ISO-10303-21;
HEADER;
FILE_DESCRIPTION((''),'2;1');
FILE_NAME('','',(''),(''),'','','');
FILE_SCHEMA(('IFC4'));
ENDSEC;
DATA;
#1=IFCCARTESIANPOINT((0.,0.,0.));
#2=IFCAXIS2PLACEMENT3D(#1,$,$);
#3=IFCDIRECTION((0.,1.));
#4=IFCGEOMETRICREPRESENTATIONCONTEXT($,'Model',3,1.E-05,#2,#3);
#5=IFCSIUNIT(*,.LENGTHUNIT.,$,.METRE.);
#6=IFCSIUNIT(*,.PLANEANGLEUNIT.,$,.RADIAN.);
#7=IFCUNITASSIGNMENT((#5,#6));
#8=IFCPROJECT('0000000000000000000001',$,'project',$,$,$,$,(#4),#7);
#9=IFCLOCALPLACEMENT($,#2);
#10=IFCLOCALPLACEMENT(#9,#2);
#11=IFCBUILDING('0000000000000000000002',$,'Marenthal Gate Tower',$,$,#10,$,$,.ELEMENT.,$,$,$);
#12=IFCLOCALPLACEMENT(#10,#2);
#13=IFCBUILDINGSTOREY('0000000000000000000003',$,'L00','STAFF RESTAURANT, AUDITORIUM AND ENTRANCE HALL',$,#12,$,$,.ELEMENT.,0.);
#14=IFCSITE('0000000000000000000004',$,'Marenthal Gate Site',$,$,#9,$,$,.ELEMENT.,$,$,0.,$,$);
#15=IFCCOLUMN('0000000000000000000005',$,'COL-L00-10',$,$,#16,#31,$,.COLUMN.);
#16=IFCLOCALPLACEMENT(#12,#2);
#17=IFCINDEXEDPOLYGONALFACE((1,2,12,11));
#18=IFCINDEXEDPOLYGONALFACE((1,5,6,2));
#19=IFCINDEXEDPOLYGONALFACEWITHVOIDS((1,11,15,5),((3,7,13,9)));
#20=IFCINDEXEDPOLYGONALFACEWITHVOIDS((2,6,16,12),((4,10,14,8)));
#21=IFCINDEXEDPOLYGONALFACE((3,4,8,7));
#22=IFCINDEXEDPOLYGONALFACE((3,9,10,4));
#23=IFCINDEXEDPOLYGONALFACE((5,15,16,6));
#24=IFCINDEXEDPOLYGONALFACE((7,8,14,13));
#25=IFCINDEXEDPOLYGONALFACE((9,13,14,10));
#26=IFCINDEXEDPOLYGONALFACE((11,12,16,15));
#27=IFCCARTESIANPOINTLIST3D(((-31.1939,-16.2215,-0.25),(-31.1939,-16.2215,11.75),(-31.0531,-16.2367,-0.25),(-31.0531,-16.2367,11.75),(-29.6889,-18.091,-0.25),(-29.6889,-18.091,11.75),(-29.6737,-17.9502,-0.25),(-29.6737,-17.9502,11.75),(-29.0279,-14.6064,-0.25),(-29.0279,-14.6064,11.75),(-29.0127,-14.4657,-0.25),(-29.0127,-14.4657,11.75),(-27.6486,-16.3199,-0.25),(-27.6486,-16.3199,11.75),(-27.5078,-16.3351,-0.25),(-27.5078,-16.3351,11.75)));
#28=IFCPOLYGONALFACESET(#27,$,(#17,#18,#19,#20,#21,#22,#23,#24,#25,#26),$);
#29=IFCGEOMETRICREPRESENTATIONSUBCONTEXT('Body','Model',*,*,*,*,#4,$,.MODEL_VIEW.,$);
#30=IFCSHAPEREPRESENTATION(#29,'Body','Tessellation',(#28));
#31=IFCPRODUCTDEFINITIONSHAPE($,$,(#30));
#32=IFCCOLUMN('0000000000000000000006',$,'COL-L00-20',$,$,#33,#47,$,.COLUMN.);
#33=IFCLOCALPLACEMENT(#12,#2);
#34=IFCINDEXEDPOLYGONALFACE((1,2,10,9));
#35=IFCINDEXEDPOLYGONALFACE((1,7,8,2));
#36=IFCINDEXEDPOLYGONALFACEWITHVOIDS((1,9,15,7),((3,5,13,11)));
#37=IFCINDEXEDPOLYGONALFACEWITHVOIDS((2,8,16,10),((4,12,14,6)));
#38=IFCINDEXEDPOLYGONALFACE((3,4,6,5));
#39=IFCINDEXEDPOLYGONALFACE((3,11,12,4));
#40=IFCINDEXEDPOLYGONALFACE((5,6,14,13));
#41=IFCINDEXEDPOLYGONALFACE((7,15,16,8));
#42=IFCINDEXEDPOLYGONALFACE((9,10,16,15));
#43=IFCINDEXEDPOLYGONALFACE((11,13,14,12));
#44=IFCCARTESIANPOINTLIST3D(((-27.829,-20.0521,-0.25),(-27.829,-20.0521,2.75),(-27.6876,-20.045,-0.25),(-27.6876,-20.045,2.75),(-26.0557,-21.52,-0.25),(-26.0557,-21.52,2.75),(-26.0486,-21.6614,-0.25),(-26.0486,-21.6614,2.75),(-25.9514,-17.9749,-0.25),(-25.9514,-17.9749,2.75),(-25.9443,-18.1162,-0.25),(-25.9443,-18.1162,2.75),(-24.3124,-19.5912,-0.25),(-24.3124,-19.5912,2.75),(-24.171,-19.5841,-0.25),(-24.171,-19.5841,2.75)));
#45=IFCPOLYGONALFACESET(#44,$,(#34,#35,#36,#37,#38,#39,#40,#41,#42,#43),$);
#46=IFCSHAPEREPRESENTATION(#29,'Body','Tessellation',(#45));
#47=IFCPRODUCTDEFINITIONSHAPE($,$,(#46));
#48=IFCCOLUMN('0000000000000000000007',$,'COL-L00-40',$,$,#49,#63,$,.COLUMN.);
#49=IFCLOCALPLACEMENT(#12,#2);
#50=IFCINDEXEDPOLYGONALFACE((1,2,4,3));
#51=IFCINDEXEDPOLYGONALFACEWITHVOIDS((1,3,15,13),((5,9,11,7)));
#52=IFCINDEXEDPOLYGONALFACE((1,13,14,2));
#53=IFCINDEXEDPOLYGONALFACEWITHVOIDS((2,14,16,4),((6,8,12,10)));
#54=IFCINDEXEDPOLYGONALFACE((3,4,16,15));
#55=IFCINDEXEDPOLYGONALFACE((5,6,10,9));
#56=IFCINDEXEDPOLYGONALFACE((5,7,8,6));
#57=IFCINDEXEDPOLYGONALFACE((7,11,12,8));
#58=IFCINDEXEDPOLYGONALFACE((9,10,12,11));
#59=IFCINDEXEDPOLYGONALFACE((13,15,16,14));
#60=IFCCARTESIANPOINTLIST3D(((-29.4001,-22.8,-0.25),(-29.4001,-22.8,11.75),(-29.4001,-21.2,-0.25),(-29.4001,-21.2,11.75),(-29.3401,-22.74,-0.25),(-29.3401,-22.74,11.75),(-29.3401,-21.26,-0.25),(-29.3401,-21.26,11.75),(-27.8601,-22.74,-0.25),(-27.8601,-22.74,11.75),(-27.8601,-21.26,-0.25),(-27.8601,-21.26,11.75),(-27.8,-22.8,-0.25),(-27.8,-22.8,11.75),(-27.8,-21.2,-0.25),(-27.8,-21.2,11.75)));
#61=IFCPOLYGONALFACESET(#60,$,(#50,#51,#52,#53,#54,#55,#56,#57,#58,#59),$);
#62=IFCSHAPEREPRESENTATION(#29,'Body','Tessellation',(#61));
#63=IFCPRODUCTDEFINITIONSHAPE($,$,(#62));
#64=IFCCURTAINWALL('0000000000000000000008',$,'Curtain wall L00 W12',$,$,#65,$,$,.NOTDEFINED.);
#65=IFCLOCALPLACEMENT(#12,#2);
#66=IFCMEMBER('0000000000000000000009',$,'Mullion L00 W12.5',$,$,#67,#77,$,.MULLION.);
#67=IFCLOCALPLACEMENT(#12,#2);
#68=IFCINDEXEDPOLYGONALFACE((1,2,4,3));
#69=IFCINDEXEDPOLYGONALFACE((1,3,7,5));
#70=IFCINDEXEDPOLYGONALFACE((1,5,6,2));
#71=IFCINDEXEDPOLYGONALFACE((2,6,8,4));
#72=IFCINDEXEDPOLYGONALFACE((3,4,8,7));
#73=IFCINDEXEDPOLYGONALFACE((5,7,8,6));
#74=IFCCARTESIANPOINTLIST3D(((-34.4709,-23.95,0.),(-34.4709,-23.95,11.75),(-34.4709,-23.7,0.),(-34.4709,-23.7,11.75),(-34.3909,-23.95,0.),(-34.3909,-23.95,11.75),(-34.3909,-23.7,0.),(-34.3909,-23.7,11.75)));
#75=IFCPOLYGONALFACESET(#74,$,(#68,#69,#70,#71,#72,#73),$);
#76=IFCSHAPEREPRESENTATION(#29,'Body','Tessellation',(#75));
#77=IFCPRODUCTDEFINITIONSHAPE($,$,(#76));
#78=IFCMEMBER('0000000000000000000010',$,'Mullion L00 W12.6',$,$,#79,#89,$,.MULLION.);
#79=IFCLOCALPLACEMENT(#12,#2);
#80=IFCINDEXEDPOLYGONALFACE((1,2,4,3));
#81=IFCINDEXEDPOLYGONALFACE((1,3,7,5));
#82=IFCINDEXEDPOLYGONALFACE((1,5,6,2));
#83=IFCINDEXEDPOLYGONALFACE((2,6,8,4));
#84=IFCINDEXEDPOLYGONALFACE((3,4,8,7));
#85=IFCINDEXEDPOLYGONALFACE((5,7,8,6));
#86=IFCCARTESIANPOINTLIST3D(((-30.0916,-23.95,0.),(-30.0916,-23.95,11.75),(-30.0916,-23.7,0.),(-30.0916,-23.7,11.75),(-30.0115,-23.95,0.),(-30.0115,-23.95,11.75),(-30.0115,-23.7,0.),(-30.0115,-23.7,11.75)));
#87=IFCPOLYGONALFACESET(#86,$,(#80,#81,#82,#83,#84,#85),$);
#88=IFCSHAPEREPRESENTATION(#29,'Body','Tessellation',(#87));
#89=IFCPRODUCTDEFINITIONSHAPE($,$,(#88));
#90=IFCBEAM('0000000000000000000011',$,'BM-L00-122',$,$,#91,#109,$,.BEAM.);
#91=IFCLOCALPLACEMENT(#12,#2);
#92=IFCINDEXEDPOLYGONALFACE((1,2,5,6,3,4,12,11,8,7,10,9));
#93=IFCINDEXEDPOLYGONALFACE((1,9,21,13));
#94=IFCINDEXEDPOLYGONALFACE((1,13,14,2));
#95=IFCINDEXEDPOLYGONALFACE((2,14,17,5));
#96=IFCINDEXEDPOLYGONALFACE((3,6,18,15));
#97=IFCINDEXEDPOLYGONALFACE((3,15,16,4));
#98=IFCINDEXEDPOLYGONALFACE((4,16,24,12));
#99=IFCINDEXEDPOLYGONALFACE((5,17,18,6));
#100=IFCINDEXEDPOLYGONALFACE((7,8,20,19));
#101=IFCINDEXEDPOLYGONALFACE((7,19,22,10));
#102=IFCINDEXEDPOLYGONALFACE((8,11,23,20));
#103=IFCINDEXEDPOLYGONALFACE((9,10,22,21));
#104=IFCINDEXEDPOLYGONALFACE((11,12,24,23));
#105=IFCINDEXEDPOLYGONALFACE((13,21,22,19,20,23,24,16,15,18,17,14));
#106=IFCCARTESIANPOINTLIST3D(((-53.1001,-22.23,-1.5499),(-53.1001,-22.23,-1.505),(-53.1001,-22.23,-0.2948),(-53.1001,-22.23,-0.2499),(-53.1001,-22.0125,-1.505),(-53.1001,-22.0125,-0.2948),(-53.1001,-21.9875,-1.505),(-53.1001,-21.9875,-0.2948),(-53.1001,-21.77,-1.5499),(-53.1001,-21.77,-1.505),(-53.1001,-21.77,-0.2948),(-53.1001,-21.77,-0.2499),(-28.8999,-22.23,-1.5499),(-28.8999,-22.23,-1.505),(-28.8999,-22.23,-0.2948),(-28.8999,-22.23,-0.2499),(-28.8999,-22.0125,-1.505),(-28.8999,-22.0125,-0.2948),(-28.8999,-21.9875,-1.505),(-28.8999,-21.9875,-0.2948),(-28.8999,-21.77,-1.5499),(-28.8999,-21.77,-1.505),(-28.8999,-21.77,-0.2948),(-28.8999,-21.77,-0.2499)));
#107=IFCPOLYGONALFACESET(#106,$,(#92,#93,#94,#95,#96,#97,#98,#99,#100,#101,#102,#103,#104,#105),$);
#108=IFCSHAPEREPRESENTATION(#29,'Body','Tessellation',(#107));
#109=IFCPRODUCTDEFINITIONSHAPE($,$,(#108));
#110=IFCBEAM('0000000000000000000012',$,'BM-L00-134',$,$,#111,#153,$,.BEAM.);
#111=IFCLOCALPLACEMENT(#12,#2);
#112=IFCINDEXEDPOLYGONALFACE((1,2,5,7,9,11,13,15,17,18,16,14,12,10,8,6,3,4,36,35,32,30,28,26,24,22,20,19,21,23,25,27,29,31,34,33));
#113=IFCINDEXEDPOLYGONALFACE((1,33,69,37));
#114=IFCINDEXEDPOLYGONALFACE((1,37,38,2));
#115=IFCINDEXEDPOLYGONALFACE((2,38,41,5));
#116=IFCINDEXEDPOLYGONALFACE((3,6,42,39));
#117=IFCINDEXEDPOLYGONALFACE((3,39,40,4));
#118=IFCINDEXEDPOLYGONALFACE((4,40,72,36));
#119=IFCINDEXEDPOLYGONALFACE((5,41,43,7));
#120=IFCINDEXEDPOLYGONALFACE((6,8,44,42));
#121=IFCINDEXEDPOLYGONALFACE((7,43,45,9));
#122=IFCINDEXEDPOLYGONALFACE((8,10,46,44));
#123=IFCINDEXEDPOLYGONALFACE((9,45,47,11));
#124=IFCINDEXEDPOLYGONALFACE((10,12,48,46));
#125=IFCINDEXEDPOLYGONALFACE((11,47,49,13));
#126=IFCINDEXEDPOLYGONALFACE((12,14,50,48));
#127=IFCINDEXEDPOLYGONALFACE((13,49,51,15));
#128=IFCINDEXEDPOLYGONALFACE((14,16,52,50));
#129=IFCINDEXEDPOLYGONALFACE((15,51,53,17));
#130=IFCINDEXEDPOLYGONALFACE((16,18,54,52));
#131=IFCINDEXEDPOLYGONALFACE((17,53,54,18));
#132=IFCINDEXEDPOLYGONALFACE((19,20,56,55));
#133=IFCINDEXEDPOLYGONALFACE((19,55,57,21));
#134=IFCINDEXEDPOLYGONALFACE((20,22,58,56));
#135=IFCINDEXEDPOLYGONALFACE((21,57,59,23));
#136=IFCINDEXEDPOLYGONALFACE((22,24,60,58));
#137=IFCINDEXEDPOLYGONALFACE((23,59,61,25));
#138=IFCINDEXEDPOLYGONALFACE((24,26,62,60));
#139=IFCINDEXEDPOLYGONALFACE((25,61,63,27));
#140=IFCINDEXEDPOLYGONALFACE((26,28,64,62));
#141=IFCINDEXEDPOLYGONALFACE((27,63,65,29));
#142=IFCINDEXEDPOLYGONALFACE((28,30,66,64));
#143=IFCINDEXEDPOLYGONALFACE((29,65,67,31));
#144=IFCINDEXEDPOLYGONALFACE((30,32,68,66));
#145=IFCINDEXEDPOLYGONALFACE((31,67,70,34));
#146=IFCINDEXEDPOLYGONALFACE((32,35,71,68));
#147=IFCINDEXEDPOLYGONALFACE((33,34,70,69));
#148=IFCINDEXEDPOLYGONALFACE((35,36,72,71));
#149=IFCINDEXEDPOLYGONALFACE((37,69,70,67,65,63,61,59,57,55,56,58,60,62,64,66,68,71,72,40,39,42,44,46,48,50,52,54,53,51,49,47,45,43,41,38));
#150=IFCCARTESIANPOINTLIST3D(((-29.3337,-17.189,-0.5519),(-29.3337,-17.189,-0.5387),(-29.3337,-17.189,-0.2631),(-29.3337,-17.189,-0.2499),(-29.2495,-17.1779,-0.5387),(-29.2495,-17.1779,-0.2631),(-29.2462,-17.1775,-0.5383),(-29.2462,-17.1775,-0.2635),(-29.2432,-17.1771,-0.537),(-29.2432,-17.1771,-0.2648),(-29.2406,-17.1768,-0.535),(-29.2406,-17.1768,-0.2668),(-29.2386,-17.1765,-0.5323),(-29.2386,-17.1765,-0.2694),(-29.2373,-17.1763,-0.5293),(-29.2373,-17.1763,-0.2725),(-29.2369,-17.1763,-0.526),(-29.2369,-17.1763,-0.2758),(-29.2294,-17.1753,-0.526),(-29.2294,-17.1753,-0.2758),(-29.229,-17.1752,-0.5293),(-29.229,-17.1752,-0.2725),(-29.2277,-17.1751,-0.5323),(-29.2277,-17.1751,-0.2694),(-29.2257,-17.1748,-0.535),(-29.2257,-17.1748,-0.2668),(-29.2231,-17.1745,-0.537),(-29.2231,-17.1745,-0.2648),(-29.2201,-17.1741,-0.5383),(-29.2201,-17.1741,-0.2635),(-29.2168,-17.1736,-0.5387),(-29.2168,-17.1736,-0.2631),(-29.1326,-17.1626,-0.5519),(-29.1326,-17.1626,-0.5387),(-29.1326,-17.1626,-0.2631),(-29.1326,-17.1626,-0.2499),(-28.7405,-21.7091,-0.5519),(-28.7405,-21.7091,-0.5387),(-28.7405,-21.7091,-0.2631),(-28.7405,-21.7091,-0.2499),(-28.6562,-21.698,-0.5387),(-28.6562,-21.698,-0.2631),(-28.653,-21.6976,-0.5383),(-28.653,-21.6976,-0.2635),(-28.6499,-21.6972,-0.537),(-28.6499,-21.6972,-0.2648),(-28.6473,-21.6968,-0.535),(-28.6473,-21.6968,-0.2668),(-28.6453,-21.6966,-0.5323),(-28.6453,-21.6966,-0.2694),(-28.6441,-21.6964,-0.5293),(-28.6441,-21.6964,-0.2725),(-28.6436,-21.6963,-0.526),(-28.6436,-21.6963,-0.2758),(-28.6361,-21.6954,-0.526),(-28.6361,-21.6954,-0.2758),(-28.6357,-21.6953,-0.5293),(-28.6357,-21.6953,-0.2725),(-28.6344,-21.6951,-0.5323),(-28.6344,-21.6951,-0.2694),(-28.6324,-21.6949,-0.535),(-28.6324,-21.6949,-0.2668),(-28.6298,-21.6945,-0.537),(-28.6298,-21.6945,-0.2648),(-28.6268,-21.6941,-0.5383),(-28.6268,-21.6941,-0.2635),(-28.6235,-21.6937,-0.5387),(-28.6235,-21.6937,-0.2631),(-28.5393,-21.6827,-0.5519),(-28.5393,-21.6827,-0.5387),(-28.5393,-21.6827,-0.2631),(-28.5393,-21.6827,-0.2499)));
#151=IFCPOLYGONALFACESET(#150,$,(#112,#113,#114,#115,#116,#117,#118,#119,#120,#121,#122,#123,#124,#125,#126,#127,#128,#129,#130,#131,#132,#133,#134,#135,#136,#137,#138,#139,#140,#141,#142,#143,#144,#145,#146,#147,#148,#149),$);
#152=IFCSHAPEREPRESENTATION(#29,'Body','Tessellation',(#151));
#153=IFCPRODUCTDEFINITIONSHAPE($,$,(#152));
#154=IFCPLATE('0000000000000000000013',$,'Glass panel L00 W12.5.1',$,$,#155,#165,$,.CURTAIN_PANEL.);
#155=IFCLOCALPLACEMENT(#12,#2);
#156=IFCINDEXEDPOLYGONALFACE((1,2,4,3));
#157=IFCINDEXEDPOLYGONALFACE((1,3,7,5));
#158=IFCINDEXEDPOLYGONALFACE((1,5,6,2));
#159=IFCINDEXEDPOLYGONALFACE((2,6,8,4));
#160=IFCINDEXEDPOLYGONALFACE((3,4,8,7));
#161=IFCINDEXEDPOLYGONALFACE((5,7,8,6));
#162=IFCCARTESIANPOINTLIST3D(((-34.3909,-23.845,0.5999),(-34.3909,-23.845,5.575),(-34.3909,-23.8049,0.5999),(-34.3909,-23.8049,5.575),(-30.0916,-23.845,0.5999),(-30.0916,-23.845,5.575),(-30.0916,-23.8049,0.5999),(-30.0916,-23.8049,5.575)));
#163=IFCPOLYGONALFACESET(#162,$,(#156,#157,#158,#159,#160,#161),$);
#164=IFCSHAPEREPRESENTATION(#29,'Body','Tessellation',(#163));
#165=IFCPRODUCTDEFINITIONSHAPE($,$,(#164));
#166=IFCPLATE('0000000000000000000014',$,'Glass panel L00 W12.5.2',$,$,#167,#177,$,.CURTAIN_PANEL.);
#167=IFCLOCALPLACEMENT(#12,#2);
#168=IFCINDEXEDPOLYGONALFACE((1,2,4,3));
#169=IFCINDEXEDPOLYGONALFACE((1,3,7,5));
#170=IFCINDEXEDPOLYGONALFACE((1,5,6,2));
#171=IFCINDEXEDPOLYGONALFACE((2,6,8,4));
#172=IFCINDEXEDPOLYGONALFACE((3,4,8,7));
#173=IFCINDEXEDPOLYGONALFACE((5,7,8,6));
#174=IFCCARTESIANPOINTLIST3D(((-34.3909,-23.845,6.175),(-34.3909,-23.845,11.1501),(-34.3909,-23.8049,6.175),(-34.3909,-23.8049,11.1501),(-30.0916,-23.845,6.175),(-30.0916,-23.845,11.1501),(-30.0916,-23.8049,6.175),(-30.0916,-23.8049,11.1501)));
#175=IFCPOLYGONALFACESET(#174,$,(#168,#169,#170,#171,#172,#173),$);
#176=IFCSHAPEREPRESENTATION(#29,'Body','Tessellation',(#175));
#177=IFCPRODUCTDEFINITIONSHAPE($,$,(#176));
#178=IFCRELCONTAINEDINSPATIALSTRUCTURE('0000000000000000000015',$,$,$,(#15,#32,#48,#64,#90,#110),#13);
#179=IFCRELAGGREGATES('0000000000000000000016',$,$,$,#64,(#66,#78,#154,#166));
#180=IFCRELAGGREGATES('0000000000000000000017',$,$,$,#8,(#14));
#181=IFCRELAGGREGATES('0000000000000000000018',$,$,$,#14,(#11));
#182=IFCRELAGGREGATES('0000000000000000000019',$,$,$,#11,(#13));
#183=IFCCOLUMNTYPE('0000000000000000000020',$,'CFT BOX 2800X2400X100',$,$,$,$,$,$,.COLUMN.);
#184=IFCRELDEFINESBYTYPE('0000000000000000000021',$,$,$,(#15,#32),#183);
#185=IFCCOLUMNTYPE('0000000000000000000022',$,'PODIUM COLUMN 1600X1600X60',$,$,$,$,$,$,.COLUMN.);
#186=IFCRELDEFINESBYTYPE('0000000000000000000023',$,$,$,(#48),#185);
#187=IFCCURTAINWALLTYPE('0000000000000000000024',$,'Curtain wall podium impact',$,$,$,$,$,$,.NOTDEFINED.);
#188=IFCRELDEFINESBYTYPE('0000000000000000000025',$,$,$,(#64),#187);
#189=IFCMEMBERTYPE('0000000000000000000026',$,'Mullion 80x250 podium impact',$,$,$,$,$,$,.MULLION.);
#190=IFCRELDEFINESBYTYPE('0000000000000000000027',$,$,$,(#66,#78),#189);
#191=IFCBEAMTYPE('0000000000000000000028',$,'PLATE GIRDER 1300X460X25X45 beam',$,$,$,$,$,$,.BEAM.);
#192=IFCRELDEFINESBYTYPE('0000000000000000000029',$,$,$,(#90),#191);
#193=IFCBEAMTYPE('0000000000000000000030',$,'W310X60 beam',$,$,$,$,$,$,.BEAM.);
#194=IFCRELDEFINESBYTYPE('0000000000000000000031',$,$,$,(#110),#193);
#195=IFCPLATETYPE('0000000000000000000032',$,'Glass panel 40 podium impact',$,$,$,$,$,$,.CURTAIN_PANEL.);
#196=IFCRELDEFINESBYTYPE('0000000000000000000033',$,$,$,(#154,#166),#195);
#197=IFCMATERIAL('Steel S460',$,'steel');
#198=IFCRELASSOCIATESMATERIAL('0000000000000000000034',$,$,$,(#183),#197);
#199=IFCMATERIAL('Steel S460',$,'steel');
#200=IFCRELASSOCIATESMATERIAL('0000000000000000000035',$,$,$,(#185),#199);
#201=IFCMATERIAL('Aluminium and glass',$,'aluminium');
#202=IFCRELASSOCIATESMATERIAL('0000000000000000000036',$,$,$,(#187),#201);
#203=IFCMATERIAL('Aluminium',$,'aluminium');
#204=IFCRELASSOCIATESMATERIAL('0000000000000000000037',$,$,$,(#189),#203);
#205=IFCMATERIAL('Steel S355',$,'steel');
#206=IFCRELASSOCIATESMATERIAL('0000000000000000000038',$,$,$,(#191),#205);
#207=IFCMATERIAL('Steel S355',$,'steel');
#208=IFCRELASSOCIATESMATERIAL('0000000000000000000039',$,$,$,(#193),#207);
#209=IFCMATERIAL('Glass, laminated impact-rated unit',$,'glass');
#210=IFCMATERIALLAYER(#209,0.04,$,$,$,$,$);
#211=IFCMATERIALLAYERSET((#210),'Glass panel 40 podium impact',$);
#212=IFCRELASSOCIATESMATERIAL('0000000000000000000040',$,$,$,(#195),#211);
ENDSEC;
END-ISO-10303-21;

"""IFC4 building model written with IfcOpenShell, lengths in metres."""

from ifc_helpers import new_model, si_unit, direction, frame, origin, origin_2d, place, context, subcontext, project, spatial, rectangle, hollow_rectangle, i_section, extrude, material, layer, layer_set, material_profile, profile_set, type_object, element, aggregate, save


model = new_model("IFC4")

# Units and contexts
model_context = context("Model", 3, precision=1e-05, world=origin(), true_north=direction((0.0, 1.0)))
body_context = subcontext(model_context, "Body", "Model", "MODEL_VIEW")
ifc_project = project(units=[si_unit("LENGTHUNIT", "METRE"), si_unit("PLANEANGLEUNIT", "RADIAN")], contexts=[model_context])

# Site, building, storey
site_placement = place(None, origin())
site = spatial("IfcSite", under=ifc_project, at=site_placement, Name="Marenthal Gate Site", CompositionType="ELEMENT", RefElevation=0.0)
building_placement = place(site_placement, origin())
building = spatial("IfcBuilding", under=site, at=building_placement, Name="Marenthal Gate Tower", CompositionType="ELEMENT")
storey_placement = place(building_placement, origin())
storey = spatial("IfcBuildingStorey", under=building, at=storey_placement, Name="L00", Description="STAFF RESTAURANT, AUDITORIUM AND ENTRANCE HALL", CompositionType="ELEMENT", Elevation=0.0)

# Columns
ifc_material_1 = material(Name="Steel S460", Category="steel")
ifc_material_profile_1 = material_profile(ifc_material_1, hollow_rectangle(XDim=2.3999, YDim=2.8, WallThickness=0.1001, at=origin_2d()), Name="CFT BOX 2800X2400X100")
ifc_material_2 = material(Name="Concrete 70 MPa", Category="concrete")
ifc_material_profile_2 = material_profile(ifc_material_2, rectangle(XDim=2.2, YDim=2.6001, at=origin_2d()), Name="CFT BOX 2800X2400X100 INFILL")
ifc_profile_set_1 = profile_set([ifc_material_profile_1, ifc_material_profile_2], Name="Steel S460 shell, Concrete 70 MPa infill")
column_type_1 = type_object("IfcColumnType", Name="CFT BOX 2800X2400X100", PredefinedType="COLUMN", material=ifc_profile_set_1)
column_1_placement = place(storey_placement, frame((-29.3508, -16.2783, -0.25), z_axis=(0.0, 0.0, 1.0), x_axis=(-0.62707, 0.778963, 0.0)))
element("IfcColumn", 1, at=column_1_placement, inside=storey, type_object=column_type_1, Name="COL-L00-10", PredefinedType="COLUMN", context=body_context, shape_type="SweptSolid", body=[
    extrude(hollow_rectangle(XDim=2.3999, YDim=2.8, WallThickness=0.1001, at=origin_2d()), origin(), (0.0, 0.0, 1.0), 12.0),
])
column_2_placement = place(storey_placement, frame((-26.0, -19.8181, -0.25), z_axis=(0.0, 0.0, 1.0), x_axis=(-0.741874, 0.670539, 0.0)))
element("IfcColumn", 2, at=column_2_placement, inside=storey, type_object=column_type_1, Name="COL-L00-20", PredefinedType="COLUMN", context=body_context, shape_type="SweptSolid", body=[
    extrude(hollow_rectangle(XDim=2.3999, YDim=2.8, WallThickness=0.1001, at=origin_2d()), origin(), (0.0, 0.0, 1.0), 3.0),
])
ifc_material_3 = material(Name="Steel S460", Category="steel")
ifc_material_profile_3 = material_profile(ifc_material_3, hollow_rectangle(XDim=1.6001, YDim=1.6001, WallThickness=0.0601, at=origin_2d()), Name="CFT BOX 1600X1600X60")
ifc_material_4 = material(Name="Concrete 70 MPa", Category="concrete")
ifc_material_profile_4 = material_profile(ifc_material_4, rectangle(XDim=1.48, YDim=1.48, at=origin_2d()), Name="CFT BOX 1600X1600X60 INFILL")
ifc_profile_set_2 = profile_set([ifc_material_profile_3, ifc_material_profile_4], Name="Steel S460 shell, Concrete 70 MPa infill")
column_type_2 = type_object("IfcColumnType", Name="PODIUM COLUMN 1600X1600X60", PredefinedType="COLUMN", material=ifc_profile_set_2)
column_3_placement = place(storey_placement, frame((-28.6001, -22.0, -0.25), z_axis=(0.0, 0.0, 1.0), x_axis=(1.0, 0.0, 0.0)))
element("IfcColumn", 3, at=column_3_placement, inside=storey, type_object=column_type_2, Name="COL-L00-40", PredefinedType="COLUMN", context=body_context, shape_type="SweptSolid", body=[
    extrude(hollow_rectangle(XDim=1.6001, YDim=1.6001, WallThickness=0.0601, at=origin_2d()), origin(), (0.0, 0.0, 1.0), 12.0),
])

# Curtain wall, members
ifc_material_5 = material(Name="Aluminium and glass", Category="aluminium")
curtain_wall_type = type_object("IfcCurtainWallType", Name="Curtain wall podium impact", PredefinedType="NOTDEFINED", material=ifc_material_5)
curtain_wall_placement = place(storey_placement, origin())
curtain_wall = element("IfcCurtainWall", 4, at=curtain_wall_placement, inside=storey, type_object=curtain_wall_type, Name="Curtain wall L00 W12", PredefinedType="NOTDEFINED")
ifc_material_6 = material(Name="Aluminium", Category="aluminium")
ifc_material_profile_5 = material_profile(ifc_material_6, rectangle(XDim=0.25, YDim=0.0801, at=origin_2d()), Name="80x250 aluminium mullion")
ifc_profile_set_3 = profile_set([ifc_material_profile_5], Name="Aluminium")
member_type = type_object("IfcMemberType", Name="Mullion 80x250 podium impact", PredefinedType="MULLION", material=ifc_profile_set_3)
member_1_placement = place(storey_placement, frame((-34.4309, -23.825, 0.0), z_axis=(0.0, 0.0, 1.0), x_axis=(0.0, 1.0, 0.0)))
member_1 = element("IfcMember", 5, at=member_1_placement, type_object=member_type, Name="Mullion L00 W12.5", PredefinedType="MULLION", context=body_context, shape_type="SweptSolid", body=[
    extrude(rectangle(XDim=0.25, YDim=0.0801, at=origin_2d()), origin(), (0.0, 0.0, 1.0), 11.75),
])
member_2_placement = place(storey_placement, frame((-30.0515, -23.825, 0.0), z_axis=(0.0, 0.0, 1.0), x_axis=(0.0, 1.0, 0.0)))
member_2 = element("IfcMember", 6, at=member_2_placement, type_object=member_type, Name="Mullion L00 W12.6", PredefinedType="MULLION", context=body_context, shape_type="SweptSolid", body=[
    extrude(rectangle(XDim=0.25, YDim=0.0801, at=origin_2d()), origin(), (0.0, 0.0, 1.0), 11.75),
])

# Beams
ifc_material_7 = material(Name="Steel S355", Category="steel")
ifc_material_profile_6 = material_profile(ifc_material_7, i_section(OverallWidth=0.46, OverallDepth=1.3, WebThickness=0.0249, FlangeThickness=0.0449, at=origin_2d()), Name="PLATE GIRDER 1300X460X25X45")
ifc_profile_set_4 = profile_set([ifc_material_profile_6], Name="Steel S355")
beam_type_1 = type_object("IfcBeamType", Name="PLATE GIRDER 1300X460X25X45 beam", PredefinedType="BEAM", material=ifc_profile_set_4)
beam_1_placement = place(storey_placement, frame((-28.8999, -22.0, -0.8999), z_axis=(-1.0, 0.0, 0.0), x_axis=(0.0, -1.0, 0.0)))
element("IfcBeam", 7, at=beam_1_placement, inside=storey, type_object=beam_type_1, Name="BM-L00-122", PredefinedType="BEAM", context=body_context, shape_type="SweptSolid", body=[
    extrude(i_section(OverallWidth=0.46, OverallDepth=1.3, WebThickness=0.0249, FlangeThickness=0.0449, at=origin_2d()), origin(), (0.0, 0.0, 1.0), 24.2002),
])
ifc_material_8 = material(Name="Steel S355", Category="steel")
ifc_material_profile_7 = material_profile(ifc_material_8, i_section(OverallWidth=0.2029, OverallDepth=0.302, WebThickness=0.0076, FlangeThickness=0.0132, FilletRadius=0.0127, at=origin_2d()), Name="W310X60")
ifc_profile_set_5 = profile_set([ifc_material_profile_7], Name="Steel S355")
beam_type_2 = type_object("IfcBeamType", Name="W310X60 beam", PredefinedType="BEAM", material=ifc_profile_set_5)
beam_2_placement = place(storey_placement, frame((-29.2332, -17.1758, -0.4009), z_axis=(0.130136, -0.991496, 0.0), x_axis=(0.991496, 0.130136, 0.0)))
element("IfcBeam", 8, at=beam_2_placement, inside=storey, type_object=beam_type_2, Name="BM-L00-134", PredefinedType="BEAM", context=body_context, shape_type="SweptSolid", body=[
    extrude(i_section(OverallWidth=0.2029, OverallDepth=0.302, WebThickness=0.0076, FlangeThickness=0.0132, FilletRadius=0.0127, at=origin_2d()), origin(), (0.0, 0.0, 1.0), 4.5588),
])

# Plates
ifc_material_9 = material(Name="Glass, laminated impact-rated unit", Category="glass")
ifc_layer_1 = layer(ifc_material_9, 0.04)
ifc_layer_set_1 = layer_set([ifc_layer_1], Name="Glass panel 40 podium impact")
plate_type = type_object("IfcPlateType", Name="Glass panel 40 podium impact", PredefinedType="CURTAIN_PANEL", material=ifc_layer_set_1)
plate_1_placement = place(storey_placement, frame((-32.2412, -23.825, 0.5999), z_axis=(0.0, 0.0, 1.0), x_axis=(1.0, 0.0, 0.0)))
plate_1 = element("IfcPlate", 9, at=plate_1_placement, type_object=plate_type, Name="Glass panel L00 W12.5.1", PredefinedType="CURTAIN_PANEL", context=body_context, shape_type="SweptSolid", body=[
    extrude(rectangle(XDim=4.2993, YDim=0.04, at=origin_2d()), origin(), (0.0, 0.0, 1.0), 4.9751),
])
plate_2_placement = place(storey_placement, frame((-32.2412, -23.825, 6.175), z_axis=(0.0, 0.0, 1.0), x_axis=(1.0, 0.0, 0.0)))
plate_2 = element("IfcPlate", 10, at=plate_2_placement, type_object=plate_type, Name="Glass panel L00 W12.5.2", PredefinedType="CURTAIN_PANEL", context=body_context, shape_type="SweptSolid", body=[
    extrude(rectangle(XDim=4.2993, YDim=0.04, at=origin_2d()), origin(), (0.0, 0.0, 1.0), 4.9751),
])
aggregate(curtain_wall, [member_1, member_2, plate_1, plate_2])

save(model, "model.ifc")
